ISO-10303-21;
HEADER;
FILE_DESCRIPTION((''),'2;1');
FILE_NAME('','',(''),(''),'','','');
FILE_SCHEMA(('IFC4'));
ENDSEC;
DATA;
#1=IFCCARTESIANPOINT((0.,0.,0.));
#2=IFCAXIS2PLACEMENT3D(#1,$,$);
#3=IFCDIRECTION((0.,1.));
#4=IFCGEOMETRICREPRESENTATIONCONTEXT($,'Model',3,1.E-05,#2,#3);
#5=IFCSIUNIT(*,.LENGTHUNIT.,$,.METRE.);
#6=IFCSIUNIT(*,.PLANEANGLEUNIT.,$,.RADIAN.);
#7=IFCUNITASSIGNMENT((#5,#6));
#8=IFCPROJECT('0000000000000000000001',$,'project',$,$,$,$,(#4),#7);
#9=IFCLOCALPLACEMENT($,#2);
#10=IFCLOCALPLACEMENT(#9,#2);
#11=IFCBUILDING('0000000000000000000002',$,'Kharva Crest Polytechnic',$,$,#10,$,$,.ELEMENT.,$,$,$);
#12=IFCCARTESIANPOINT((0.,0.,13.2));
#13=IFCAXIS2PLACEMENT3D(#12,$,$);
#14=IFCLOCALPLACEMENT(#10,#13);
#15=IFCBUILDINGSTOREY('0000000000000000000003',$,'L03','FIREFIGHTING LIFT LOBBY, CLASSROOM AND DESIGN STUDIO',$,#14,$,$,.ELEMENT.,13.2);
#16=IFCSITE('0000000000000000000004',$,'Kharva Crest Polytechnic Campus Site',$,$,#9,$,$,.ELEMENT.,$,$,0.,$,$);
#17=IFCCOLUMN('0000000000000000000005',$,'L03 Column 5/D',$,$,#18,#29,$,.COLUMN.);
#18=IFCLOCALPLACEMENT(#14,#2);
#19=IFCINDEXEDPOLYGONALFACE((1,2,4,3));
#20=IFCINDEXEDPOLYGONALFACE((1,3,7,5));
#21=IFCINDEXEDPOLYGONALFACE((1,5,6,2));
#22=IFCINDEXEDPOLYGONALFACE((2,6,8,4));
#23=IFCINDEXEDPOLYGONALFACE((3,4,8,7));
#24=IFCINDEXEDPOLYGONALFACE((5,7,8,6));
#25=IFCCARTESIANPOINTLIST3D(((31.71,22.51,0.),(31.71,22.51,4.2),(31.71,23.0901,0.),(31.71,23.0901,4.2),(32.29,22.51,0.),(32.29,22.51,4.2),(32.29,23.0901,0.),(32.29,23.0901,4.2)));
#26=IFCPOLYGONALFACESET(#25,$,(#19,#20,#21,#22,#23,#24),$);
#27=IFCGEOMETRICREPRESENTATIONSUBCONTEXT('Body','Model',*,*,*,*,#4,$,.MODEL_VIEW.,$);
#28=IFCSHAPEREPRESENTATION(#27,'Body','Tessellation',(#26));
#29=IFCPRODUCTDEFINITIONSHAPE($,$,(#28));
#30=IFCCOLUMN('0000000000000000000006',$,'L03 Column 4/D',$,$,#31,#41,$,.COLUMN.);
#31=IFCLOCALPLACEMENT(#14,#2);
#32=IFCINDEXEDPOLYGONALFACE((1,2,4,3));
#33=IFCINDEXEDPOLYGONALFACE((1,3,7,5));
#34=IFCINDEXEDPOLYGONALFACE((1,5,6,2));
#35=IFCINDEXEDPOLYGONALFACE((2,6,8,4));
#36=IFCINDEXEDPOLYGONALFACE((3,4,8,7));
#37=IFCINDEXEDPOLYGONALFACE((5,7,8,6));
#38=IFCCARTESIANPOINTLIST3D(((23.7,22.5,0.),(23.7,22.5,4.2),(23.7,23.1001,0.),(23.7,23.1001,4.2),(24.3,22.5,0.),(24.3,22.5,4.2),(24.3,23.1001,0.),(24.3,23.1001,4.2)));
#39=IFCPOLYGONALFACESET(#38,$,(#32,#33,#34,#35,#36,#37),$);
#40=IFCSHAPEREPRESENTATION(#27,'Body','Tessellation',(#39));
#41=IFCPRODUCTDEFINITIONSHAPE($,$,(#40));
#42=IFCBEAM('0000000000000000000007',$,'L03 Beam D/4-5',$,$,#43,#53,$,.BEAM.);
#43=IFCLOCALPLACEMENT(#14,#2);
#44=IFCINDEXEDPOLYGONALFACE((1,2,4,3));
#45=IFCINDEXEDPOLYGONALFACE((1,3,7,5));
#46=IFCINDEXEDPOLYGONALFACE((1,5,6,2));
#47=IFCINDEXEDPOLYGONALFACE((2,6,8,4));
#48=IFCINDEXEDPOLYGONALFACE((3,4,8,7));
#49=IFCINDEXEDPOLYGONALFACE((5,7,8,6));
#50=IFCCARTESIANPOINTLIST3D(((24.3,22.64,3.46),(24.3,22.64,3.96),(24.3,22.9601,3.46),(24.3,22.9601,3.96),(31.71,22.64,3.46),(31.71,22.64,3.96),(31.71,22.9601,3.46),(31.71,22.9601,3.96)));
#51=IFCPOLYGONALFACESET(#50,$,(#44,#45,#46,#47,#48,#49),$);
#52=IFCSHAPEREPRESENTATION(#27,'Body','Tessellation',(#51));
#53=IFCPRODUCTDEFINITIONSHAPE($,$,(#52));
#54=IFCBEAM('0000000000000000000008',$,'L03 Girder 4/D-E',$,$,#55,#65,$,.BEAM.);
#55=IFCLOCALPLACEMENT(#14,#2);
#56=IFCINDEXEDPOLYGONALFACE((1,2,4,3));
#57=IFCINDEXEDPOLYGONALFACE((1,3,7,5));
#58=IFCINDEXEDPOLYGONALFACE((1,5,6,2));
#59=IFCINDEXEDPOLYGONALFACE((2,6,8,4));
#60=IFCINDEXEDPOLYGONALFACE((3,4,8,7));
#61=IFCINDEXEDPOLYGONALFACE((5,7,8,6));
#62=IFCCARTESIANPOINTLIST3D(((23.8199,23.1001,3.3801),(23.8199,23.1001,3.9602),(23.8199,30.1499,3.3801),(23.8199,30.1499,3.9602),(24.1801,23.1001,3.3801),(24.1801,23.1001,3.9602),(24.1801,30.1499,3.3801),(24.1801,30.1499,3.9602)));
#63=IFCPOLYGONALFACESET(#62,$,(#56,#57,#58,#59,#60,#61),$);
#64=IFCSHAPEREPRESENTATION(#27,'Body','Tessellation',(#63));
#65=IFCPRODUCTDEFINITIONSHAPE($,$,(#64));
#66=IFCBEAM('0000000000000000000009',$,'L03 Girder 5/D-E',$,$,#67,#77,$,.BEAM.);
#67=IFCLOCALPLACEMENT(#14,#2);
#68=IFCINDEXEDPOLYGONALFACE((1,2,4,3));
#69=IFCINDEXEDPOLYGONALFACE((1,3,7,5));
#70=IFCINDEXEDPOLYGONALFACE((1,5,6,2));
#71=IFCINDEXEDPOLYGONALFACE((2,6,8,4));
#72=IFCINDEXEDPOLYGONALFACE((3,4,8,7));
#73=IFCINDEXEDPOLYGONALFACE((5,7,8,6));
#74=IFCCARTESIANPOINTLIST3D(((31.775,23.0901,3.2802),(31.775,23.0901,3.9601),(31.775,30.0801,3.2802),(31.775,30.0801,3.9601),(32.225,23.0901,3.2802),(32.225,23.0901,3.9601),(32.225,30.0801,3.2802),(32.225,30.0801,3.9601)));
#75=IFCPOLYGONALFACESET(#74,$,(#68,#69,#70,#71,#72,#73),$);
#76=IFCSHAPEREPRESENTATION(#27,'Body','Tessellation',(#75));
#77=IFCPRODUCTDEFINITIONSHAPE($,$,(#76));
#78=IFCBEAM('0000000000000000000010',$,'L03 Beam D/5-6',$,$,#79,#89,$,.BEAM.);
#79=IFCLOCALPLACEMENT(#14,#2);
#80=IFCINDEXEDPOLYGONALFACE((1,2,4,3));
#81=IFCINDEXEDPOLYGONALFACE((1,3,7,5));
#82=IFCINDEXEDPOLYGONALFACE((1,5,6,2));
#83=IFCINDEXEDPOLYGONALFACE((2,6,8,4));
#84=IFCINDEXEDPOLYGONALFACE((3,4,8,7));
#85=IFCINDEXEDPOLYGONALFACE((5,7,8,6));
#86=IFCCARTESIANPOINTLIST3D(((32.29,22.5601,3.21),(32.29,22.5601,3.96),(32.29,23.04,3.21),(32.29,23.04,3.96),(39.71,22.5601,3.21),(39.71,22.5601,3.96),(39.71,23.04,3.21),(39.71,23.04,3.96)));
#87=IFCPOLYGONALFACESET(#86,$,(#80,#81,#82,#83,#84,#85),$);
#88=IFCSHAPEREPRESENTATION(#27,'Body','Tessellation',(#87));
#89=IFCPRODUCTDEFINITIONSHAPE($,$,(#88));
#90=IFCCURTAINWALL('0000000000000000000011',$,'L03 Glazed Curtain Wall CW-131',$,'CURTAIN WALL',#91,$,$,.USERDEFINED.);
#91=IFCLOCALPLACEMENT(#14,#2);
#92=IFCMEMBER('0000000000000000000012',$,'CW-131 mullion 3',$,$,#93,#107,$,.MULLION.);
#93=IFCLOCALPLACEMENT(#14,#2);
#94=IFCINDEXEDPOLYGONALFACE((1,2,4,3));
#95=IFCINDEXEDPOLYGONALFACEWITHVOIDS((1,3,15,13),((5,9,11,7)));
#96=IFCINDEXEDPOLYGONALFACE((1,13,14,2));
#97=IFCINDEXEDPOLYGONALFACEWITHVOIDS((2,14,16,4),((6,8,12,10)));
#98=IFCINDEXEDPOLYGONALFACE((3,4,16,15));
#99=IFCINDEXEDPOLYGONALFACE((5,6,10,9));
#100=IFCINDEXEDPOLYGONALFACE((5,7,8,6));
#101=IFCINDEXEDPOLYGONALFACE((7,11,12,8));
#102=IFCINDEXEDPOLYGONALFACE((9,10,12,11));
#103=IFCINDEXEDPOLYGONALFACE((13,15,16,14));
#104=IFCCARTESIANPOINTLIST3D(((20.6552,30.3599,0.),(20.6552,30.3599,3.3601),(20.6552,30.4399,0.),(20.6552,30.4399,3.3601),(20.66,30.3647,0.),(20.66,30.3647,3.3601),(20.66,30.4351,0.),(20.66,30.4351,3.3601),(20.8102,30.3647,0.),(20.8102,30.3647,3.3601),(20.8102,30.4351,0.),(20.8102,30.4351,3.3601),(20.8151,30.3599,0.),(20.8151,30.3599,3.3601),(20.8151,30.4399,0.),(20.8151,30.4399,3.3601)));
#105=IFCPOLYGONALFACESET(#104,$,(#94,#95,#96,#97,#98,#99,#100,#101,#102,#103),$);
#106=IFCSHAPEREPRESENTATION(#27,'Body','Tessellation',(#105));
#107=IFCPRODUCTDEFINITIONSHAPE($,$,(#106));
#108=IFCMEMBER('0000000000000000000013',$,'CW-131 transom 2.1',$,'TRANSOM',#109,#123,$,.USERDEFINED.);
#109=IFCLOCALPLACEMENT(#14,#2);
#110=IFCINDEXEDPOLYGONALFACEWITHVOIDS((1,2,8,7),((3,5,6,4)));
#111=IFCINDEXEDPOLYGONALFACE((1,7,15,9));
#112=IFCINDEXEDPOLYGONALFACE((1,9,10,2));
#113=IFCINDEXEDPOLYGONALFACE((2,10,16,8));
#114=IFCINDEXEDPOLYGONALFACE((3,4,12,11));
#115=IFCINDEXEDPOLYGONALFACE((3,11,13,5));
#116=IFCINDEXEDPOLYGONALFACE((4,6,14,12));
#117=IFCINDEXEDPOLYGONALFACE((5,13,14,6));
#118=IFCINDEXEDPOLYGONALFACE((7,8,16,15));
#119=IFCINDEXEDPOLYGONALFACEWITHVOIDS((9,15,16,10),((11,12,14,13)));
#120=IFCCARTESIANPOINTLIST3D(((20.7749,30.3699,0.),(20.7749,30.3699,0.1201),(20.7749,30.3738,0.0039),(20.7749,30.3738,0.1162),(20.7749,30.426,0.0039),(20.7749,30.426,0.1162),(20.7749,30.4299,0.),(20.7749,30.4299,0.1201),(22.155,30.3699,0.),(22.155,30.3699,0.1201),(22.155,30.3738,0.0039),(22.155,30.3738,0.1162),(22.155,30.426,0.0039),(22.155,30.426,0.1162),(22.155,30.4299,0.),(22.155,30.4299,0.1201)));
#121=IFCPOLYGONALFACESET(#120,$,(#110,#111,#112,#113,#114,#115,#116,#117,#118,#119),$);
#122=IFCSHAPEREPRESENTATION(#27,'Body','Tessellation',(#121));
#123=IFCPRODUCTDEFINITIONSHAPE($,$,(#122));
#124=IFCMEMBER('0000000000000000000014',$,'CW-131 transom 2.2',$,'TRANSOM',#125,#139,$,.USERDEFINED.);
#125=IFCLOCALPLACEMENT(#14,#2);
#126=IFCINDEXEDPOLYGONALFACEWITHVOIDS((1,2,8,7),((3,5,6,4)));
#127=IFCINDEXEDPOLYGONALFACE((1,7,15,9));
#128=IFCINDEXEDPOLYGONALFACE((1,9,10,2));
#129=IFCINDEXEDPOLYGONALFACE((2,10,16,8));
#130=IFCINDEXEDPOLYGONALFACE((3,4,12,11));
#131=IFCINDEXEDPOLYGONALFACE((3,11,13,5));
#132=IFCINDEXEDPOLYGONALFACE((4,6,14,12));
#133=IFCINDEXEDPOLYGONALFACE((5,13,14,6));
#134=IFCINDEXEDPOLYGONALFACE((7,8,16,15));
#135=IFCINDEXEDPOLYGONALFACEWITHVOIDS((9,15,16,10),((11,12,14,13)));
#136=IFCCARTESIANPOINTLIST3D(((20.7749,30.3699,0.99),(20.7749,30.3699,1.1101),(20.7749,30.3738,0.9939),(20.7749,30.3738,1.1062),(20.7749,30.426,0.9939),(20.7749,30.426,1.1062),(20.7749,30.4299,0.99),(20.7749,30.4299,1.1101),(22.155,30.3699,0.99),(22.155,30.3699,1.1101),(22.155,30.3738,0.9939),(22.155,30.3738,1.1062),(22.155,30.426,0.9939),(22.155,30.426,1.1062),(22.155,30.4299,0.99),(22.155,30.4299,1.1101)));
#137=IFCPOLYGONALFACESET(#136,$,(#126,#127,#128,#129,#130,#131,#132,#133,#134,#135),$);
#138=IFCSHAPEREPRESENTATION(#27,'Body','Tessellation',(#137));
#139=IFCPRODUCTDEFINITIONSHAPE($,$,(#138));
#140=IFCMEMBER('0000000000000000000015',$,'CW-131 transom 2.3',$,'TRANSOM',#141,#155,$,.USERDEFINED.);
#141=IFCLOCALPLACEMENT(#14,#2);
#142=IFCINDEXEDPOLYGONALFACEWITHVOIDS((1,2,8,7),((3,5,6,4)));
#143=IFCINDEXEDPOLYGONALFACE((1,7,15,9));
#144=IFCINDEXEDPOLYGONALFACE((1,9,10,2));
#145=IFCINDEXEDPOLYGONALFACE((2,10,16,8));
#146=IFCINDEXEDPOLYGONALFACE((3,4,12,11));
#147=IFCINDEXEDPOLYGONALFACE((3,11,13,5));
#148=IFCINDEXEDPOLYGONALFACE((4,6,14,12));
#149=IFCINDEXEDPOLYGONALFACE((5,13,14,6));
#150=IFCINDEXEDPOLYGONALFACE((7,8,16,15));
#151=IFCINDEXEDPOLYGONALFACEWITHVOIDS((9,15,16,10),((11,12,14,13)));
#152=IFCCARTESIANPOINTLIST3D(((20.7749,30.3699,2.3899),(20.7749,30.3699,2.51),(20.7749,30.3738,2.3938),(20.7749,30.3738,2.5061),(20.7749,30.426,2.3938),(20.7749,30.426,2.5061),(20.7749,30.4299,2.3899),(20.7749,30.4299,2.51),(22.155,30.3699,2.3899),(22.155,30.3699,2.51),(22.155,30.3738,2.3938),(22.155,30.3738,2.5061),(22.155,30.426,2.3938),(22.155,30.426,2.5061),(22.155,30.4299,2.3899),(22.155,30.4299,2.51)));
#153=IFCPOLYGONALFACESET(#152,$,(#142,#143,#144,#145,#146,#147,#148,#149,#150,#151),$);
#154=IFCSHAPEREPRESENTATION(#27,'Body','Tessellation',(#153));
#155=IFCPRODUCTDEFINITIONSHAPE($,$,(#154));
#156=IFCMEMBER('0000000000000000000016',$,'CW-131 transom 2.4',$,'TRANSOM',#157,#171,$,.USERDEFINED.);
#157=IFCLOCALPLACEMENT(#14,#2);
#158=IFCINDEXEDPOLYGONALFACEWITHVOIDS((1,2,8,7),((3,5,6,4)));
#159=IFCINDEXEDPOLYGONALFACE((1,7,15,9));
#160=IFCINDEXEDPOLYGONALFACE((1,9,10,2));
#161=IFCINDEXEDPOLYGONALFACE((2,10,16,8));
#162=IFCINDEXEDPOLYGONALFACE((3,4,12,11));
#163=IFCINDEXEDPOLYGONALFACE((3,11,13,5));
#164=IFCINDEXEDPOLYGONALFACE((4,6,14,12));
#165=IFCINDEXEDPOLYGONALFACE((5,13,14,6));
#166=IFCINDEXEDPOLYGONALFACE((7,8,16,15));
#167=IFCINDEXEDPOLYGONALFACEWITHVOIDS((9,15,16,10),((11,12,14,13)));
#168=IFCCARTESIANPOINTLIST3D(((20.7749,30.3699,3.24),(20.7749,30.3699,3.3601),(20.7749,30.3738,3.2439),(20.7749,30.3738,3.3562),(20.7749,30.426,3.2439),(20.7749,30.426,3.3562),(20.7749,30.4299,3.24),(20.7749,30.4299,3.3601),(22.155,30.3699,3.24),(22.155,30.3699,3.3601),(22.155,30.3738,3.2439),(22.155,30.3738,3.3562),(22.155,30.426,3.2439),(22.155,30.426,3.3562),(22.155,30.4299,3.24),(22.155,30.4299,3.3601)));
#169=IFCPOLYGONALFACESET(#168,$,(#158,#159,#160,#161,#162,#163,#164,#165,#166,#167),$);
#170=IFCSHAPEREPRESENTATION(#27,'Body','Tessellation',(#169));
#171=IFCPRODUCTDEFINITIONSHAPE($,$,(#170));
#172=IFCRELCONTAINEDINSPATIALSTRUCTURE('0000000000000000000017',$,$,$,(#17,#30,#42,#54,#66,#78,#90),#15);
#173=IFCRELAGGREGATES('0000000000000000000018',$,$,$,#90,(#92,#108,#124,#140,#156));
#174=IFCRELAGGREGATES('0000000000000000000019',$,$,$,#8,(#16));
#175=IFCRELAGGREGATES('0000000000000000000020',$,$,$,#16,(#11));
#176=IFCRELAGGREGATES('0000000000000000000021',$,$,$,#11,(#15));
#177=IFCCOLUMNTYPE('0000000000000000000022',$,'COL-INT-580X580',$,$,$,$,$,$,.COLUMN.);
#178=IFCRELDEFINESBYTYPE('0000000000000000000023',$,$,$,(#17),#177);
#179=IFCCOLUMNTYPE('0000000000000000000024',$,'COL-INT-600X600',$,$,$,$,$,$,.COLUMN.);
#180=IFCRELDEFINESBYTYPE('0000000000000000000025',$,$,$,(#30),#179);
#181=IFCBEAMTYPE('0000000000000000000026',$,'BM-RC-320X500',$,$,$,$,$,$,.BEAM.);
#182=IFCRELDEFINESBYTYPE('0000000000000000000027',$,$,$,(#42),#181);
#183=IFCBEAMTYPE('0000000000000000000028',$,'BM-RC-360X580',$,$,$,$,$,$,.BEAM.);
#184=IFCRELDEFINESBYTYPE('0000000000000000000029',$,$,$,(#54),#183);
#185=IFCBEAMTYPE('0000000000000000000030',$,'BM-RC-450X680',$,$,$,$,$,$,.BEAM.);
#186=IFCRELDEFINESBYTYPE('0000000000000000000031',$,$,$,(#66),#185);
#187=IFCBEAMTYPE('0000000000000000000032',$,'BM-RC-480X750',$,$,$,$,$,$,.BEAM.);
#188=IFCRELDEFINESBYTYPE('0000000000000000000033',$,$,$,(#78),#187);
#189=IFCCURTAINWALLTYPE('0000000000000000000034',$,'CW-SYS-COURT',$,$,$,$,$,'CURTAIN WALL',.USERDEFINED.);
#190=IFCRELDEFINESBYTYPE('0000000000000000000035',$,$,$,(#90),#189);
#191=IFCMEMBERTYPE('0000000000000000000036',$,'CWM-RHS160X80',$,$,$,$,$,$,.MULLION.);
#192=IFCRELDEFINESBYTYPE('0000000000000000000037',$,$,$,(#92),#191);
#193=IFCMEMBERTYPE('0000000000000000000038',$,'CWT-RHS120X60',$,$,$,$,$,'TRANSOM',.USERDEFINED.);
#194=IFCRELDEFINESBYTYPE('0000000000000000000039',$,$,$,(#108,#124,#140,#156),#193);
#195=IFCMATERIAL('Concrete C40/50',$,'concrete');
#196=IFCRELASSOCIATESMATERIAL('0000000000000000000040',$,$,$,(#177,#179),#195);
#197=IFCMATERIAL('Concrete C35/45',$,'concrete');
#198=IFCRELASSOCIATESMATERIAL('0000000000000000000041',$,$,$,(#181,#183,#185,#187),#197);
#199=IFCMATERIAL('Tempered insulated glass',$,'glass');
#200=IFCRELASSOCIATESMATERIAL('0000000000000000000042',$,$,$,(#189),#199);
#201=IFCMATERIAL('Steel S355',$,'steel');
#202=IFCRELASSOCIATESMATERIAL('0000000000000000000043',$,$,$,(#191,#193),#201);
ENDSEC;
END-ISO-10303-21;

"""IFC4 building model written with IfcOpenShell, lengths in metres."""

from ifc_helpers import new_model, si_unit, direction, frame, origin, origin_2d, place, context, subcontext, project, spatial, rectangle, hollow_rectangle, extrude, material, material_profile, profile_set, type_object, element, aggregate, save


model = new_model("IFC4")

# Units and contexts
model_context = context("Model", 3, precision=1e-05, world=origin(), true_north=direction((0.0, 1.0)))
body_context = subcontext(model_context, "Body", "Model", "MODEL_VIEW")
ifc_project = project(units=[si_unit("LENGTHUNIT", "METRE"), si_unit("PLANEANGLEUNIT", "RADIAN")], contexts=[model_context])

# Site, building, storey
site_placement = place(None, origin())
site = spatial("IfcSite", under=ifc_project, at=site_placement, Name="Kharva Crest Polytechnic Campus Site", CompositionType="ELEMENT", RefElevation=0.0)
building_placement = place(site_placement, origin())
building = spatial("IfcBuilding", under=site, at=building_placement, Name="Kharva Crest Polytechnic", CompositionType="ELEMENT")
storey_placement = place(building_placement, frame((0.0, 0.0, 13.2)))
storey = spatial("IfcBuildingStorey", under=building, at=storey_placement, Name="L03", Description="FIREFIGHTING LIFT LOBBY, CLASSROOM AND DESIGN STUDIO", CompositionType="ELEMENT", Elevation=13.2)

# Columns
ifc_material_1 = material(Name="Concrete C40/50", Category="concrete")
ifc_material_profile_1 = material_profile(ifc_material_1, rectangle(XDim=0.5801, YDim=0.5801, at=origin_2d()), Name="RECT 580 X 580")
ifc_profile_set_1 = profile_set([ifc_material_profile_1], Name="Concrete C40/50")
column_type_1 = type_object("IfcColumnType", Name="COL-INT-580X580", PredefinedType="COLUMN", material=ifc_profile_set_1)
column_1_placement = place(storey_placement, frame((32.0, 22.8, 0.0), z_axis=(0.0, 0.0, 1.0), x_axis=(1.0, 0.0, 0.0)))
element("IfcColumn", 1, at=column_1_placement, inside=storey, type_object=column_type_1, Name="L03 Column 5/D", PredefinedType="COLUMN", context=body_context, shape_type="SweptSolid", body=[
    extrude(rectangle(XDim=0.5801, YDim=0.5801, at=origin_2d()), origin(), (0.0, 0.0, 1.0), 4.2),
])
ifc_material_profile_2 = material_profile(ifc_material_1, rectangle(XDim=0.6001, YDim=0.6001, at=origin_2d()), Name="RECT 600 X 600")
ifc_profile_set_2 = profile_set([ifc_material_profile_2], Name="Concrete C40/50")
column_type_2 = type_object("IfcColumnType", Name="COL-INT-600X600", PredefinedType="COLUMN", material=ifc_profile_set_2)
column_2_placement = place(storey_placement, frame((24.0, 22.8, 0.0), z_axis=(0.0, 0.0, 1.0), x_axis=(1.0, 0.0, 0.0)))
element("IfcColumn", 2, at=column_2_placement, inside=storey, type_object=column_type_2, Name="L03 Column 4/D", PredefinedType="COLUMN", context=body_context, shape_type="SweptSolid", body=[
    extrude(rectangle(XDim=0.6001, YDim=0.6001, at=origin_2d()), origin(), (0.0, 0.0, 1.0), 4.2),
])

# Beams
ifc_material_2 = material(Name="Concrete C35/45", Category="concrete")
ifc_material_profile_3 = material_profile(ifc_material_2, rectangle(XDim=0.3201, YDim=0.5, at=origin_2d()), Name="RECT 320 X 500")
ifc_profile_set_3 = profile_set([ifc_material_profile_3], Name="Concrete C35/45")
beam_type_1 = type_object("IfcBeamType", Name="BM-RC-320X500", PredefinedType="BEAM", material=ifc_profile_set_3)
beam_1_placement = place(storey_placement, frame((24.3, 22.8, 3.71), z_axis=(1.0, 0.0, 0.0), x_axis=(0.0, 1.0, 0.0)))
element("IfcBeam", 3, at=beam_1_placement, inside=storey, type_object=beam_type_1, Name="L03 Beam D/4-5", PredefinedType="BEAM", context=body_context, shape_type="SweptSolid", body=[
    extrude(rectangle(XDim=0.3201, YDim=0.5, at=origin_2d()), origin(), (0.0, 0.0, 1.0), 7.4099),
])
ifc_material_profile_4 = material_profile(ifc_material_2, rectangle(XDim=0.3601, YDim=0.5801, at=origin_2d()), Name="RECT 360 X 580")
ifc_profile_set_4 = profile_set([ifc_material_profile_4], Name="Concrete C35/45")
beam_type_2 = type_object("IfcBeamType", Name="BM-RC-360X580", PredefinedType="BEAM", material=ifc_profile_set_4)
beam_2_placement = place(storey_placement, frame((24.0, 23.1001, 3.6702), z_axis=(0.0, 1.0, 0.0), x_axis=(-1.0, 0.0, 0.0)))
element("IfcBeam", 4, at=beam_2_placement, inside=storey, type_object=beam_type_2, Name="L03 Girder 4/D-E", PredefinedType="BEAM", context=body_context, shape_type="SweptSolid", body=[
    extrude(rectangle(XDim=0.3601, YDim=0.5801, at=origin_2d()), origin(), (0.0, 0.0, 1.0), 7.0498),
])
ifc_material_profile_5 = material_profile(ifc_material_2, rectangle(XDim=0.45, YDim=0.6799, at=origin_2d()), Name="RECT 450 X 680")
ifc_profile_set_5 = profile_set([ifc_material_profile_5], Name="Concrete C35/45")
beam_type_3 = type_object("IfcBeamType", Name="BM-RC-450X680", PredefinedType="BEAM", material=ifc_profile_set_5)
beam_3_placement = place(storey_placement, frame((32.0, 23.0901, 3.6201), z_axis=(0.0, 1.0, 0.0), x_axis=(-1.0, 0.0, 0.0)))
element("IfcBeam", 5, at=beam_3_placement, inside=storey, type_object=beam_type_3, Name="L03 Girder 5/D-E", PredefinedType="BEAM", context=body_context, shape_type="SweptSolid", body=[
    extrude(rectangle(XDim=0.45, YDim=0.6799, at=origin_2d()), origin(), (0.0, 0.0, 1.0), 6.99),
])
ifc_material_profile_6 = material_profile(ifc_material_2, rectangle(XDim=0.48, YDim=0.75, at=origin_2d()), Name="RECT 480 X 750")
ifc_profile_set_6 = profile_set([ifc_material_profile_6], Name="Concrete C35/45")
beam_type_4 = type_object("IfcBeamType", Name="BM-RC-480X750", PredefinedType="BEAM", material=ifc_profile_set_6)
beam_4_placement = place(storey_placement, frame((32.29, 22.8, 3.585), z_axis=(1.0, 0.0, 0.0), x_axis=(0.0, 1.0, 0.0)))
element("IfcBeam", 6, at=beam_4_placement, inside=storey, type_object=beam_type_4, Name="L03 Beam D/5-6", PredefinedType="BEAM", context=body_context, shape_type="SweptSolid", body=[
    extrude(rectangle(XDim=0.48, YDim=0.75, at=origin_2d()), origin(), (0.0, 0.0, 1.0), 7.4199),
])

# Curtain wall, members
ifc_material_3 = material(Name="Tempered insulated glass", Category="glass")
curtain_wall_type = type_object("IfcCurtainWallType", Name="CW-SYS-COURT", ElementType="CURTAIN WALL", PredefinedType="USERDEFINED", material=ifc_material_3)
curtain_wall_placement = place(storey_placement, origin())
curtain_wall = element("IfcCurtainWall", 7, at=curtain_wall_placement, inside=storey, type_object=curtain_wall_type, Name="L03 Glazed Curtain Wall CW-131", ObjectType="CURTAIN WALL", PredefinedType="USERDEFINED")
ifc_material_4 = material(Name="Steel S355", Category="steel")
ifc_material_profile_7 = material_profile(ifc_material_4, hollow_rectangle(XDim=0.0801, YDim=0.1599, WallThickness=0.0049, at=origin_2d()), Name="RHS 160X80X5.0")
ifc_profile_set_7 = profile_set([ifc_material_profile_7], Name="Steel S355")
member_type_1 = type_object("IfcMemberType", Name="CWM-RHS160X80", PredefinedType="MULLION", material=ifc_profile_set_7)
member_1_placement = place(storey_placement, frame((20.7351, 30.3999, 0.0), z_axis=(0.0, 0.0, 1.0), x_axis=(0.0, -1.0, 0.0)))
member_1 = element("IfcMember", 8, at=member_1_placement, type_object=member_type_1, Name="CW-131 mullion 3", PredefinedType="MULLION", context=body_context, shape_type="SweptSolid", body=[
    extrude(hollow_rectangle(XDim=0.0801, YDim=0.1599, WallThickness=0.0049, at=origin_2d()), origin(), (0.0, 0.0, 1.0), 3.3601),
])
ifc_material_profile_8 = material_profile(ifc_material_4, hollow_rectangle(XDim=0.0601, YDim=0.1201, WallThickness=0.0039, at=origin_2d()), Name="RHS 120X60X4.0")
ifc_profile_set_8 = profile_set([ifc_material_profile_8], Name="Steel S355")
member_type_2 = type_object("IfcMemberType", Name="CWT-RHS120X60", ElementType="TRANSOM", PredefinedType="USERDEFINED", material=ifc_profile_set_8)
member_2_placement = place(storey_placement, frame((22.155, 30.3999, 0.0601), z_axis=(-1.0, 0.0, 0.0), x_axis=(0.0, -1.0, 0.0)))
member_2 = element("IfcMember", 9, at=member_2_placement, type_object=member_type_2, Name="CW-131 transom 2.1", ObjectType="TRANSOM", PredefinedType="USERDEFINED", context=body_context, shape_type="SweptSolid", body=[
    extrude(hollow_rectangle(XDim=0.0601, YDim=0.1201, WallThickness=0.0039, at=origin_2d()), origin(), (0.0, 0.0, 1.0), 1.3801),
])
member_3_placement = place(storey_placement, frame((22.155, 30.3999, 1.05), z_axis=(-1.0, 0.0, 0.0), x_axis=(0.0, -1.0, 0.0)))
member_3 = element("IfcMember", 10, at=member_3_placement, type_object=member_type_2, Name="CW-131 transom 2.2", ObjectType="TRANSOM", PredefinedType="USERDEFINED", context=body_context, shape_type="SweptSolid", body=[
    extrude(hollow_rectangle(XDim=0.0601, YDim=0.1201, WallThickness=0.0039, at=origin_2d()), origin(), (0.0, 0.0, 1.0), 1.3801),
])
member_4_placement = place(storey_placement, frame((22.155, 30.3999, 2.45), z_axis=(-1.0, 0.0, 0.0), x_axis=(0.0, -1.0, 0.0)))
member_4 = element("IfcMember", 11, at=member_4_placement, type_object=member_type_2, Name="CW-131 transom 2.3", ObjectType="TRANSOM", PredefinedType="USERDEFINED", context=body_context, shape_type="SweptSolid", body=[
    extrude(hollow_rectangle(XDim=0.0601, YDim=0.1201, WallThickness=0.0039, at=origin_2d()), origin(), (0.0, 0.0, 1.0), 1.3801),
])
member_5_placement = place(storey_placement, frame((22.155, 30.3999, 3.3), z_axis=(-1.0, 0.0, 0.0), x_axis=(0.0, -1.0, 0.0)))
member_5 = element("IfcMember", 12, at=member_5_placement, type_object=member_type_2, Name="CW-131 transom 2.4", ObjectType="TRANSOM", PredefinedType="USERDEFINED", context=body_context, shape_type="SweptSolid", body=[
    extrude(hollow_rectangle(XDim=0.0601, YDim=0.1201, WallThickness=0.0039, at=origin_2d()), origin(), (0.0, 0.0, 1.0), 1.3801),
])
aggregate(curtain_wall, [member_1, member_2, member_3, member_4, member_5])

save(model, "model.ifc")
